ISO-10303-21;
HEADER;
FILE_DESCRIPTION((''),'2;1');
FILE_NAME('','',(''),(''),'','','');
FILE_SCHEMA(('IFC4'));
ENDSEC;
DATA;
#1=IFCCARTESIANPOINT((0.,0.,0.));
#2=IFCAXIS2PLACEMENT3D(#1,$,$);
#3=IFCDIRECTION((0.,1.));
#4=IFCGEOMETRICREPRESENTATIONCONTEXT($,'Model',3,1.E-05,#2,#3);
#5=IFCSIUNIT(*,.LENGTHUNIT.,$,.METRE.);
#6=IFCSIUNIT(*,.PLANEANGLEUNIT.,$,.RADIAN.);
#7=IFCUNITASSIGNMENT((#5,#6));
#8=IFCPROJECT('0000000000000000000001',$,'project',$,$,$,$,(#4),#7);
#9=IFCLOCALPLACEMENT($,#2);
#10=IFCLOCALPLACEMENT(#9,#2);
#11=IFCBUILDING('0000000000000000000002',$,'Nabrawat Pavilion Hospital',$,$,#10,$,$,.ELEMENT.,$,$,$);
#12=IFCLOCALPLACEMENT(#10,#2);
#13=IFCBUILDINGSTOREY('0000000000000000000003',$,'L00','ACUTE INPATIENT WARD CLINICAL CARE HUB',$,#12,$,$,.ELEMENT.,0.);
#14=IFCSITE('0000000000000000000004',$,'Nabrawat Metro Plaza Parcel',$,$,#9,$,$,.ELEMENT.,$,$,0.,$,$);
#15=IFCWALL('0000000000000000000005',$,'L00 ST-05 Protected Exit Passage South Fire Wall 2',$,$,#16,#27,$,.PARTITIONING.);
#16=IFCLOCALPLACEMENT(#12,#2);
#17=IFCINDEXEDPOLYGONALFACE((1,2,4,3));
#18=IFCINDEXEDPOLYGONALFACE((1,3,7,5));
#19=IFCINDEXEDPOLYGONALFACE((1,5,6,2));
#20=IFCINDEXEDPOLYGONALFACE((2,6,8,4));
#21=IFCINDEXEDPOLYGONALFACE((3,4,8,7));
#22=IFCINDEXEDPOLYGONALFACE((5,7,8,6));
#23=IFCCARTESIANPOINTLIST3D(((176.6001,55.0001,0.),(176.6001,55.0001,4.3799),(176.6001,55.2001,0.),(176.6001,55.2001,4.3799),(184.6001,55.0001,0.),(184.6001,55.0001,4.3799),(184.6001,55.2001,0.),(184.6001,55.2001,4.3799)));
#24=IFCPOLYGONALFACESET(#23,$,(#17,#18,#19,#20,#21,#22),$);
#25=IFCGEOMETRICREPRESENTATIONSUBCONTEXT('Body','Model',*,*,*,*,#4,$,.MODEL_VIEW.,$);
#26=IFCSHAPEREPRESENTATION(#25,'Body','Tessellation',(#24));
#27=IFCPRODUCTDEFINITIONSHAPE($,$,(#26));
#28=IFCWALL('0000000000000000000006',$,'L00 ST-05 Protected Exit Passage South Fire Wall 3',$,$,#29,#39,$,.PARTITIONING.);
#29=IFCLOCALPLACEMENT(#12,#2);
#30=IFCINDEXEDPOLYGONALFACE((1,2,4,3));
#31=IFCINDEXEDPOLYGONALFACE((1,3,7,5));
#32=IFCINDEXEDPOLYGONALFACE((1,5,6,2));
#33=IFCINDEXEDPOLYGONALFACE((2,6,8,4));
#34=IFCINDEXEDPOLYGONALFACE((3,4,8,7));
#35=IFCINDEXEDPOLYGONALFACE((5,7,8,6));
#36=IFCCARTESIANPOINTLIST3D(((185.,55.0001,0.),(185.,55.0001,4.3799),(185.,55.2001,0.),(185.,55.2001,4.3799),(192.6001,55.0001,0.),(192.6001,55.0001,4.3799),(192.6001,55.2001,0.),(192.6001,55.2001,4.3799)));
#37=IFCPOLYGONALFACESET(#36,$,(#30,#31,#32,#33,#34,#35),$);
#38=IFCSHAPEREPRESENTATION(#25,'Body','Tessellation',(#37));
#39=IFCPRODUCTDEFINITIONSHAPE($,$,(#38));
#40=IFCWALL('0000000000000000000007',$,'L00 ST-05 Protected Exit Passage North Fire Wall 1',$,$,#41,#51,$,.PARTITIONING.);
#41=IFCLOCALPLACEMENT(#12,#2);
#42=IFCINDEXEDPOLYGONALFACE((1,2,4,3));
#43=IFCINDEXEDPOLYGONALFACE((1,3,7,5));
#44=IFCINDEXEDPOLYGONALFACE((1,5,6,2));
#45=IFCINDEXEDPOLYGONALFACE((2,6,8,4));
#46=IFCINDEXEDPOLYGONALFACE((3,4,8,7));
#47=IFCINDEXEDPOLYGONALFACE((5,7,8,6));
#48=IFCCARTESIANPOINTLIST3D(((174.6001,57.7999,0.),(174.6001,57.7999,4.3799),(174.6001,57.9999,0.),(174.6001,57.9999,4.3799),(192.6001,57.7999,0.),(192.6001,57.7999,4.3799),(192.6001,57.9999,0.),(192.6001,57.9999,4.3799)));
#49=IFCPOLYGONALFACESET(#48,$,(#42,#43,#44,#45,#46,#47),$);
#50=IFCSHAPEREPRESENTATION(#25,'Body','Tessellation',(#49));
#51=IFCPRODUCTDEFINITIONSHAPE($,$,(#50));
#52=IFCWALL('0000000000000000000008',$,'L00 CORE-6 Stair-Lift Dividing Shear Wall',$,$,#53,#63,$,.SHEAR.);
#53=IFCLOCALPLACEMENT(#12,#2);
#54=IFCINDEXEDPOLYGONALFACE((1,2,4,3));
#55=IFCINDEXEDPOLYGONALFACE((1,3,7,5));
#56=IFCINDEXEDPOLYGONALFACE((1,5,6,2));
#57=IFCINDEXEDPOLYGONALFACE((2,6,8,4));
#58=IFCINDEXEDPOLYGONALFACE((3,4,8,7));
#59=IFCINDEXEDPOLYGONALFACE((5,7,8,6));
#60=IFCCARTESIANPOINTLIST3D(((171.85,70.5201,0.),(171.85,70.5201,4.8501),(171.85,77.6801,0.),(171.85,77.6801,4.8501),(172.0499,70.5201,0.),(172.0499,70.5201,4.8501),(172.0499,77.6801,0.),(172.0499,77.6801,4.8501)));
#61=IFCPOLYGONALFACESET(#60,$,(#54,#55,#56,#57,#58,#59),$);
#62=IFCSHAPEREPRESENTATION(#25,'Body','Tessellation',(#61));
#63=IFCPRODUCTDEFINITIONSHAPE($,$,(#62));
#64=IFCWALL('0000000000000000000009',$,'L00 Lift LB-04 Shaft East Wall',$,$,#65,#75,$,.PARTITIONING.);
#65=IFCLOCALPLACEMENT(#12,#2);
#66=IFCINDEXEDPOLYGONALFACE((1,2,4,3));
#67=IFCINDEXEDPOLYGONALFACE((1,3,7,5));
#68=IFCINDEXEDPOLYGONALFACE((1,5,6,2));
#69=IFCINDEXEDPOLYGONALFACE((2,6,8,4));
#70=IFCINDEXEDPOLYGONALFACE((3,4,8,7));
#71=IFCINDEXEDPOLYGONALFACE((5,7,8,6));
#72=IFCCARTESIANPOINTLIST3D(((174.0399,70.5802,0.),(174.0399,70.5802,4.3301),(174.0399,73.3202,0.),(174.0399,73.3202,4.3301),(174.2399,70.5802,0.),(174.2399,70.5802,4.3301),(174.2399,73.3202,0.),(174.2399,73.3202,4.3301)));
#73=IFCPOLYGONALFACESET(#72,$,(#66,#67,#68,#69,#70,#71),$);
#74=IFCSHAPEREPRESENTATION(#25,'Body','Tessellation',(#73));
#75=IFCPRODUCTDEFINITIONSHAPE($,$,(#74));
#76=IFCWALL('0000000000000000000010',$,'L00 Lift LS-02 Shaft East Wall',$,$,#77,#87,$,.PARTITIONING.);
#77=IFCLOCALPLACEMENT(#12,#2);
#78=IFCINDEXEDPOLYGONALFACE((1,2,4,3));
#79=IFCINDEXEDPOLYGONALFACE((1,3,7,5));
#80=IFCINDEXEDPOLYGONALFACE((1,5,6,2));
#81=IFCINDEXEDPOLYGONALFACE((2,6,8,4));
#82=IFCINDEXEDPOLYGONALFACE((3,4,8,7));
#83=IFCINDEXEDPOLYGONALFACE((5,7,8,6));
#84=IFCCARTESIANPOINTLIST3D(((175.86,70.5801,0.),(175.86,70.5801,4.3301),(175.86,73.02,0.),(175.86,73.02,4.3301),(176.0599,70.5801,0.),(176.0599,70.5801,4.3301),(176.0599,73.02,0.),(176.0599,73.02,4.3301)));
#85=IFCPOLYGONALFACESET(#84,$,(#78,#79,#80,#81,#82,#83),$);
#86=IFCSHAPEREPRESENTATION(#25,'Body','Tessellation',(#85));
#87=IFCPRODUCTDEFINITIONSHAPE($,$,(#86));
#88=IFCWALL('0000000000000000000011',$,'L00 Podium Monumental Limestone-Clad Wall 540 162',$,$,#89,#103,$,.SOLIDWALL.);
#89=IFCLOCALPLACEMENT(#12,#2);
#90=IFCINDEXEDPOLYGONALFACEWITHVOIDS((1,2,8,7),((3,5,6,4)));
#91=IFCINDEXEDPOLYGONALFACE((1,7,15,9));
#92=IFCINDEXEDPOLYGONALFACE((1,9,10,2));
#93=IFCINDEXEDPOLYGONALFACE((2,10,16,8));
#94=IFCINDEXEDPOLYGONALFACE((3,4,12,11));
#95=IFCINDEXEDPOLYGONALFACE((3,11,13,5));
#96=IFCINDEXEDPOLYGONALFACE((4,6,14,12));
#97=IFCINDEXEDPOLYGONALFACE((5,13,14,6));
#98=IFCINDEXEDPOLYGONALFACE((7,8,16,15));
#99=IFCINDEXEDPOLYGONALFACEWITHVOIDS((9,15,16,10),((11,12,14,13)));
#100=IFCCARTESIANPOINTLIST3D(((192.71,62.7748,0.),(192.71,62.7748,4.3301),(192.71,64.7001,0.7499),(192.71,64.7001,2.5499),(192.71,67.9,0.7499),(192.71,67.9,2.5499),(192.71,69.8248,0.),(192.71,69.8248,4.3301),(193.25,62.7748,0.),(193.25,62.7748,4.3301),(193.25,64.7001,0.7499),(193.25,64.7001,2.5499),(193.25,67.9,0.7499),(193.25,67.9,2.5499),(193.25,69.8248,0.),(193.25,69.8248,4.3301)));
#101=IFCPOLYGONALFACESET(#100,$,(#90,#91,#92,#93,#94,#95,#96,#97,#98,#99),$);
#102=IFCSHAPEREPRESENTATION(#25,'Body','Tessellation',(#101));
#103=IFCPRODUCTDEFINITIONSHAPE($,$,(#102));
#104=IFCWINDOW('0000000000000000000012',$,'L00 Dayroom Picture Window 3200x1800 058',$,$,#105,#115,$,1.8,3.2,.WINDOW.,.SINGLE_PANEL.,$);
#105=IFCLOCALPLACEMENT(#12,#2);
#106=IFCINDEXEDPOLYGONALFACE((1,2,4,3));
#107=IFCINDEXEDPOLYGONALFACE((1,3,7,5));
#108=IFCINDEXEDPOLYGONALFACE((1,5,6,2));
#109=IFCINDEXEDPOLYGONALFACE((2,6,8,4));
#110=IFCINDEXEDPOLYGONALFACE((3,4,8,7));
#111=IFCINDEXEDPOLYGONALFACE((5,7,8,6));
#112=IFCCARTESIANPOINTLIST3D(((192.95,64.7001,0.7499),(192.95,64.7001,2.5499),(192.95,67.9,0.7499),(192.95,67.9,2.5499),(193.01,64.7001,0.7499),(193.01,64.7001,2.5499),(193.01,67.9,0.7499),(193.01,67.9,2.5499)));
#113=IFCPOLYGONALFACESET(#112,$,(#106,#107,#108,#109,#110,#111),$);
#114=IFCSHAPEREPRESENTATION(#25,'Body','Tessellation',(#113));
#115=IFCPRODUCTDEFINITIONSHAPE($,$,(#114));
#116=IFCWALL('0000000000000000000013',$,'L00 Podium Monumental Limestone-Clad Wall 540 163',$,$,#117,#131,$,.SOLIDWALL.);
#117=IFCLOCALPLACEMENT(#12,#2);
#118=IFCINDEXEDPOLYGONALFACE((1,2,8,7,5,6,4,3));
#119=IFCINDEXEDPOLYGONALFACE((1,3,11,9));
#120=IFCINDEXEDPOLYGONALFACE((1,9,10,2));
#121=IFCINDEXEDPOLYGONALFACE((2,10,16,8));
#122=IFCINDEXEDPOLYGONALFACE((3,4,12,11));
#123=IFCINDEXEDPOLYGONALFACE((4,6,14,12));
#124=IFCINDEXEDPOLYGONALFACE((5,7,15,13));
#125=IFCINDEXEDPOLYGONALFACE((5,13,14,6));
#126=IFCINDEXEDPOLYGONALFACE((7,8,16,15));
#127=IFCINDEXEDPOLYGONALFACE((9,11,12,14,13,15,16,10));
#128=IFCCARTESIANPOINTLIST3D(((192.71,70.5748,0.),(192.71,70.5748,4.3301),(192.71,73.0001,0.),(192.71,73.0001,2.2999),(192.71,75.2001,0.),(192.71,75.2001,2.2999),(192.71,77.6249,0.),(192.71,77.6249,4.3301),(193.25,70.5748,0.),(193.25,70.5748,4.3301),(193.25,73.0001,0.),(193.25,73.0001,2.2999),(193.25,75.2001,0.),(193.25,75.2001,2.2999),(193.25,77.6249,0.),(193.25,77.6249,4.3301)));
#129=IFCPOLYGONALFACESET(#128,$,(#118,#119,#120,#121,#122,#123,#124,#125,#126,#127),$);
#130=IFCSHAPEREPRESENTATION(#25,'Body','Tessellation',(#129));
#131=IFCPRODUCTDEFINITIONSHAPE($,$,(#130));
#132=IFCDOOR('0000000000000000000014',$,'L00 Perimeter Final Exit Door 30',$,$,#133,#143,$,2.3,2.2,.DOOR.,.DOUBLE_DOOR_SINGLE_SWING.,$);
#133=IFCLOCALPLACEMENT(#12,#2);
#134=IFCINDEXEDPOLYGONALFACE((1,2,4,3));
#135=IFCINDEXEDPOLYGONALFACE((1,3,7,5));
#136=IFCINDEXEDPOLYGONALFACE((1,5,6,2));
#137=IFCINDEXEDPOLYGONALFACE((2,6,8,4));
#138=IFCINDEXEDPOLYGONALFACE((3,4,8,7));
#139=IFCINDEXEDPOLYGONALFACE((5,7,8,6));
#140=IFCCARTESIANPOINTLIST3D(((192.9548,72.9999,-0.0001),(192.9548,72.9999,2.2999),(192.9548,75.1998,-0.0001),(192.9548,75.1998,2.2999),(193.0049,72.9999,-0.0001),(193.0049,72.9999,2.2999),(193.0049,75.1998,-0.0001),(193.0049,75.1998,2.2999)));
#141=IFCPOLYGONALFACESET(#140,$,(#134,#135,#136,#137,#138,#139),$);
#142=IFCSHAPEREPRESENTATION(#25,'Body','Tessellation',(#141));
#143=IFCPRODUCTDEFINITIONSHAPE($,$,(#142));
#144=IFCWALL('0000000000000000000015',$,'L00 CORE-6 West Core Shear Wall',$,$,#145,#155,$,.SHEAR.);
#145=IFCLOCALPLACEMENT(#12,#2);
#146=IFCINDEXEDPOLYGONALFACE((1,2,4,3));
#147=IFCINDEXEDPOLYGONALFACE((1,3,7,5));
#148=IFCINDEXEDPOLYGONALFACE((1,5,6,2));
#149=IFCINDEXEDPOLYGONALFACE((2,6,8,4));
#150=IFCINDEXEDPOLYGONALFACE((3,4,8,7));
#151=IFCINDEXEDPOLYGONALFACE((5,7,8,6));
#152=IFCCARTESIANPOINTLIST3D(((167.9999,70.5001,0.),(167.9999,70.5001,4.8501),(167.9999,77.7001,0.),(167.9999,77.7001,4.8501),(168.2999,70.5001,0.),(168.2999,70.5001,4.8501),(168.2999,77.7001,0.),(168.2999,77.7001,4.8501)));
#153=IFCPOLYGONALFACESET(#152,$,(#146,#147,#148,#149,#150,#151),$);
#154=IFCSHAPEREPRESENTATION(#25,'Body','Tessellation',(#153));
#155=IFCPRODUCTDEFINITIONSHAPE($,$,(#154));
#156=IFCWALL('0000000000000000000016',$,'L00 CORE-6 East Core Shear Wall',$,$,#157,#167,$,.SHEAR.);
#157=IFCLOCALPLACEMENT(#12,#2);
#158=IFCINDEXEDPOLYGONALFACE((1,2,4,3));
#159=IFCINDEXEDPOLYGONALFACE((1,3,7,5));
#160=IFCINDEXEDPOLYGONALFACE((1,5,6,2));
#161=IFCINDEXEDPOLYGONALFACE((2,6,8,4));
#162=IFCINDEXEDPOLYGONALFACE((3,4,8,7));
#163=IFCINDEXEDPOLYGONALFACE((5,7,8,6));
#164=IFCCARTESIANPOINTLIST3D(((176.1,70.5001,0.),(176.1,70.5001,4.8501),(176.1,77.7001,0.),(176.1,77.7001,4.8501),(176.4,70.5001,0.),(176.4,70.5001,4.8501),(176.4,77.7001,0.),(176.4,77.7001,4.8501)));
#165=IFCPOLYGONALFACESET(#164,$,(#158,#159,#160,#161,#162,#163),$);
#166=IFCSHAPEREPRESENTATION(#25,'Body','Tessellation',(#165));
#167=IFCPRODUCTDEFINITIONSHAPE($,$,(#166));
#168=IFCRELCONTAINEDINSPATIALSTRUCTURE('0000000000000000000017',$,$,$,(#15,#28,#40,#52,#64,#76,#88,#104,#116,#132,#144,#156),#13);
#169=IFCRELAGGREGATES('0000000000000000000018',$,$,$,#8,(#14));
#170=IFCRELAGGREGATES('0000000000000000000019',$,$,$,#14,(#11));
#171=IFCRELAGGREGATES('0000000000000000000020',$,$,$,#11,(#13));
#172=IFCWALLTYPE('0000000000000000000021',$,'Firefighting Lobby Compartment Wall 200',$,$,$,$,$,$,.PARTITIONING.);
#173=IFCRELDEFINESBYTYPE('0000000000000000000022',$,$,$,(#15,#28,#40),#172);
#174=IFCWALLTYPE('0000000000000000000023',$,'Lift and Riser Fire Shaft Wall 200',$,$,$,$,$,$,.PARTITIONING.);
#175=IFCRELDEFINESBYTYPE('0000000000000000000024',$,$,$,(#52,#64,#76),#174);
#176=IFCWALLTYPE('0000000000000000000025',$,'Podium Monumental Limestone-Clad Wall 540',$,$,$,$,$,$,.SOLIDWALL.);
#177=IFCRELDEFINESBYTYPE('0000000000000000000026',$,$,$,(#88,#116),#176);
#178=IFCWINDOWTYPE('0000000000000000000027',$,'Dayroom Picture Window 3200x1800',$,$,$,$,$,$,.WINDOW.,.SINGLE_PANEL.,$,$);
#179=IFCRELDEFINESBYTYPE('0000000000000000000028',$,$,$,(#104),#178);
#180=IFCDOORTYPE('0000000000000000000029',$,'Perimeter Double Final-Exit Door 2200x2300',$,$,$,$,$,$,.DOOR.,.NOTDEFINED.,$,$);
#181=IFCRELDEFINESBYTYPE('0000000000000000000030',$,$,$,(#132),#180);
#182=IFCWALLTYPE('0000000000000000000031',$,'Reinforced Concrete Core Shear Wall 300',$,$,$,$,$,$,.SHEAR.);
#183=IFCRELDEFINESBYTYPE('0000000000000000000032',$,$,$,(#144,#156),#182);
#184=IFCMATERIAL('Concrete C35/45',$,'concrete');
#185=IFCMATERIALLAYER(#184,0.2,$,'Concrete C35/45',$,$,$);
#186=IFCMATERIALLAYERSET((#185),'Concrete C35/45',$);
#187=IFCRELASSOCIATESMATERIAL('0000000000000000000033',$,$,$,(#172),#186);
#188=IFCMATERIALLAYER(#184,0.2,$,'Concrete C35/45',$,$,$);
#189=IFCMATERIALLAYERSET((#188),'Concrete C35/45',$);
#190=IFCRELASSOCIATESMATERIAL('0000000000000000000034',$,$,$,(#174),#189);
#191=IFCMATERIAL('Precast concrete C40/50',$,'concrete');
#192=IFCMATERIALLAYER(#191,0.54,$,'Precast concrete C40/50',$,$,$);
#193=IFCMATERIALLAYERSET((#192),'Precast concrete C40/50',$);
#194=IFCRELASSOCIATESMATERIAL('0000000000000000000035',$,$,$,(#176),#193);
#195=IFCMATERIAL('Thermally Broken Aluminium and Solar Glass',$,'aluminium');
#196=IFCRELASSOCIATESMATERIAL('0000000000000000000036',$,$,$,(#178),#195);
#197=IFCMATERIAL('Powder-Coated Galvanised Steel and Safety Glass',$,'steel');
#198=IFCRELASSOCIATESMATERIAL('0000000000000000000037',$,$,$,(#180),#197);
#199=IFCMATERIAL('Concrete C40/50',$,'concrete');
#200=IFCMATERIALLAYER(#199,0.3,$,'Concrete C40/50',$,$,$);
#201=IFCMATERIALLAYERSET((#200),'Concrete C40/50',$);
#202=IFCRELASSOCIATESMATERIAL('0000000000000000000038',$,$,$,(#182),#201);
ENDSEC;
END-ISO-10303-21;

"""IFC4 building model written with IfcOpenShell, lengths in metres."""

from ifc_helpers import new_model, si_unit, direction, frame, frame_2d, origin, place, context, subcontext, project, spatial, rectangle, extrude, material, layer, layer_set, type_object, element, fill, save


model = new_model("IFC4")

# Units and contexts
model_context = context("Model", 3, precision=1e-05, world=origin(), true_north=direction((0.0, 1.0)))
body_context = subcontext(model_context, "Body", "Model", "MODEL_VIEW")
ifc_project = project(units=[si_unit("LENGTHUNIT", "METRE"), si_unit("PLANEANGLEUNIT", "RADIAN")], contexts=[model_context])

# Site, building, storey
site_placement = place(None, origin())
site = spatial("IfcSite", under=ifc_project, at=site_placement, Name="Nabrawat Metro Plaza Parcel", CompositionType="ELEMENT", RefElevation=0.0)
building_placement = place(site_placement, origin())
building = spatial("IfcBuilding", under=site, at=building_placement, Name="Nabrawat Pavilion Hospital", CompositionType="ELEMENT")
storey_placement = place(building_placement, origin())
storey = spatial("IfcBuildingStorey", under=building, at=storey_placement, Name="L00", Description="ACUTE INPATIENT WARD CLINICAL CARE HUB", CompositionType="ELEMENT", Elevation=0.0)

# Walls
ifc_material_1 = material(Name="Concrete C35/45", Category="concrete")
ifc_layer_1 = layer(ifc_material_1, 0.2, Name="Concrete C35/45")
ifc_layer_set_1 = layer_set([ifc_layer_1], Name="Concrete C35/45")
wall_type_1 = type_object("IfcWallType", Name="Firefighting Lobby Compartment Wall 200", PredefinedType="PARTITIONING", material=ifc_layer_set_1)
wall_1_placement = place(storey_placement, frame((176.6001, 55.1001, 0.0), z_axis=(0.0, 0.0, 1.0), x_axis=(1.0, 0.0, 0.0)))
element("IfcWall", 1, at=wall_1_placement, inside=storey, type_object=wall_type_1, Name="L00 ST-05 Protected Exit Passage South Fire Wall 2", PredefinedType="PARTITIONING", context=body_context, shape_type="SweptSolid", body=[
    extrude(rectangle(XDim=8.0, YDim=0.2, at=frame_2d((4.0, 0.0))), origin(), (0.0, 0.0, 1.0), 4.3799),
])
wall_2_placement = place(storey_placement, frame((185.0, 55.1001, 0.0), z_axis=(0.0, 0.0, 1.0), x_axis=(1.0, 0.0, 0.0)))
element("IfcWall", 2, at=wall_2_placement, inside=storey, type_object=wall_type_1, Name="L00 ST-05 Protected Exit Passage South Fire Wall 3", PredefinedType="PARTITIONING", context=body_context, shape_type="SweptSolid", body=[
    extrude(rectangle(XDim=7.6001, YDim=0.2, at=frame_2d((3.8, 0.0))), origin(), (0.0, 0.0, 1.0), 4.3799),
])
wall_3_placement = place(storey_placement, frame((174.6001, 57.8999, 0.0), z_axis=(0.0, 0.0, 1.0), x_axis=(1.0, 0.0, 0.0)))
element("IfcWall", 3, at=wall_3_placement, inside=storey, type_object=wall_type_1, Name="L00 ST-05 Protected Exit Passage North Fire Wall 1", PredefinedType="PARTITIONING", context=body_context, shape_type="SweptSolid", body=[
    extrude(rectangle(XDim=18.0, YDim=0.2, at=frame_2d((9.0, 0.0))), origin(), (0.0, 0.0, 1.0), 4.3799),
])
ifc_layer_2 = layer(ifc_material_1, 0.2, Name="Concrete C35/45")
ifc_layer_set_2 = layer_set([ifc_layer_2], Name="Concrete C35/45")
wall_type_2 = type_object("IfcWallType", Name="Lift and Riser Fire Shaft Wall 200", PredefinedType="PARTITIONING", material=ifc_layer_set_2)
wall_4_placement = place(storey_placement, frame((171.95, 70.52, 0.0), z_axis=(0.0, 0.0, 1.0), x_axis=(0.0, 1.0, 0.0)))
element("IfcWall", 4, at=wall_4_placement, inside=storey, type_object=wall_type_2, Name="L00 CORE-6 Stair-Lift Dividing Shear Wall", PredefinedType="SHEAR", context=body_context, shape_type="SweptSolid", body=[
    extrude(rectangle(XDim=7.1599, YDim=0.2, at=frame_2d((3.5801, 0.0))), origin(), (0.0, 0.0, 1.0), 4.8501),
])
wall_5_placement = place(storey_placement, frame((174.1399, 70.5801, 0.0), z_axis=(0.0, 0.0, 1.0), x_axis=(0.0, 1.0, 0.0)))
element("IfcWall", 5, at=wall_5_placement, inside=storey, type_object=wall_type_2, Name="L00 Lift LB-04 Shaft East Wall", PredefinedType="PARTITIONING", context=body_context, shape_type="SweptSolid", body=[
    extrude(rectangle(XDim=2.74, YDim=0.2, at=frame_2d((1.3701, 0.0))), origin(), (0.0, 0.0, 1.0), 4.3301),
])
wall_6_placement = place(storey_placement, frame((175.96, 70.5801, 0.0), z_axis=(0.0, 0.0, 1.0), x_axis=(0.0, 1.0, 0.0)))
element("IfcWall", 6, at=wall_6_placement, inside=storey, type_object=wall_type_2, Name="L00 Lift LS-02 Shaft East Wall", PredefinedType="PARTITIONING", context=body_context, shape_type="SweptSolid", body=[
    extrude(rectangle(XDim=2.4399, YDim=0.2, at=frame_2d((1.22, 0.0))), origin(), (0.0, 0.0, 1.0), 4.3301),
])

# Wall, opening, window
ifc_material_2 = material(Name="Precast concrete C40/50", Category="concrete")
ifc_layer_3 = layer(ifc_material_2, 0.54, Name="Precast concrete C40/50")
ifc_layer_set_3 = layer_set([ifc_layer_3], Name="Precast concrete C40/50")
wall_type_3 = type_object("IfcWallType", Name="Podium Monumental Limestone-Clad Wall 540", PredefinedType="SOLIDWALL", material=ifc_layer_set_3)
wall_7_placement = place(storey_placement, frame((192.98, 62.7749, 0.0), z_axis=(0.0, 0.0, 1.0), x_axis=(0.0, 1.0, 0.0)))
wall_7 = element("IfcWall", 7, at=wall_7_placement, inside=storey, type_object=wall_type_3, Name="L00 Podium Monumental Limestone-Clad Wall 540 162", PredefinedType="SOLIDWALL", context=body_context, shape_type="SweptSolid", body=[
    extrude(rectangle(XDim=7.05, YDim=0.54, at=frame_2d((3.5249, 0.0))), origin(), (0.0, 0.0, 1.0), 4.3301),
])
opening_1_placement = place(wall_7_placement, frame((1.925, 0.0, 0.75)))
opening_1 = element("IfcOpeningElement", 8, at=opening_1_placement, cuts=wall_7, PredefinedType="OPENING", context=body_context, shape_type="SweptSolid", body=[
    extrude(rectangle(XDim=3.2, YDim=1.8, at=frame_2d((1.6001, 0.8999))), frame((0.0, 0.28, 0.0), z_axis=(0.0, -1.0, 0.0), x_axis=(1.0, 0.0, 0.0)), (0.0, 0.0, 1.0), 0.5601),
])
ifc_material_3 = material(Name="Thermally Broken Aluminium and Solar Glass", Category="aluminium")
window_type = type_object("IfcWindowType", Name="Dayroom Picture Window 3200x1800", PartitioningType="SINGLE_PANEL", PredefinedType="WINDOW", material=ifc_material_3)
window_placement = place(opening_1_placement, origin())
window = element("IfcWindow", 9, at=window_placement, inside=storey, type_object=window_type, Name="L00 Dayroom Picture Window 3200x1800 058", OverallHeight=1.8, OverallWidth=3.2, PartitioningType="SINGLE_PANEL", PredefinedType="WINDOW", context=body_context, shape_type="SweptSolid", body=[
    extrude(rectangle(XDim=3.2, YDim=1.8, at=frame_2d((1.6001, 0.8999))), frame((0.0, 0.03, 0.0), z_axis=(0.0, -1.0, 0.0), x_axis=(1.0, 0.0, 0.0)), (0.0, 0.0, 1.0), 0.0601),
])
fill(opening_1, window)

# Wall, opening, door
wall_8_placement = place(storey_placement, frame((192.98, 70.575, 0.0), z_axis=(0.0, 0.0, 1.0), x_axis=(0.0, 1.0, 0.0)))
wall_8 = element("IfcWall", 10, at=wall_8_placement, inside=storey, type_object=wall_type_3, Name="L00 Podium Monumental Limestone-Clad Wall 540 163", PredefinedType="SOLIDWALL", context=body_context, shape_type="SweptSolid", body=[
    extrude(rectangle(XDim=7.05, YDim=0.54, at=frame_2d((3.5249, 0.0))), origin(), (0.0, 0.0, 1.0), 4.3301),
])
opening_2_placement = place(wall_8_placement, frame((2.425, 0.0, 0.0)))
opening_2 = element("IfcOpeningElement", 11, at=opening_2_placement, cuts=wall_8, PredefinedType="OPENING", context=body_context, shape_type="SweptSolid", body=[
    extrude(rectangle(XDim=2.2, YDim=2.3, at=frame_2d((1.1001, 1.1499))), frame((0.0, 0.28, 0.0), z_axis=(0.0, -1.0, 0.0), x_axis=(1.0, 0.0, 0.0)), (0.0, 0.0, 1.0), 0.5601),
])
ifc_material_4 = material(Name="Powder-Coated Galvanised Steel and Safety Glass", Category="steel")
door_type = type_object("IfcDoorType", Name="Perimeter Double Final-Exit Door 2200x2300", OperationType="NOTDEFINED", PredefinedType="DOOR", material=ifc_material_4)
door_placement = place(opening_2_placement, frame((2.2, 0.0, 0.0), z_axis=(0.0, 0.0, 1.0), x_axis=(-1.0, 0.0, 0.0)))
door = element("IfcDoor", 12, at=door_placement, inside=storey, type_object=door_type, Name="L00 Perimeter Final Exit Door 30", OperationType="DOUBLE_DOOR_SINGLE_SWING", OverallHeight=2.3, OverallWidth=2.2, PredefinedType="DOOR", context=body_context, shape_type="SweptSolid", body=[
    extrude(rectangle(XDim=2.2, YDim=2.3, at=frame_2d((1.1001, 1.1499))), frame((0.0, 0.0249, 0.0), z_axis=(0.0, -1.0, 0.0), x_axis=(1.0, 0.0, 0.0)), (0.0, 0.0, 1.0), 0.05),
])
fill(opening_2, door)

# Walls
ifc_material_5 = material(Name="Concrete C40/50", Category="concrete")
ifc_layer_4 = layer(ifc_material_5, 0.3, Name="Concrete C40/50")
ifc_layer_set_4 = layer_set([ifc_layer_4], Name="Concrete C40/50")
wall_type_4 = type_object("IfcWallType", Name="Reinforced Concrete Core Shear Wall 300", PredefinedType="SHEAR", material=ifc_layer_set_4)
for number, where, z_axis, x_axis, name in (
    (13, (168.1499, 70.5, 0.0), (0.0, 0.0, 1.0), (0.0, 1.0, 0.0), "L00 CORE-6 West Core Shear Wall"),
    (14, (176.25, 70.5, 0.0), (0.0, 0.0, 1.0), (0.0, 1.0, 0.0), "L00 CORE-6 East Core Shear Wall"),
):
    element("IfcWall", number, at=place(storey_placement, frame(where, z_axis=z_axis, x_axis=x_axis)), inside=storey, type_object=wall_type_4, Name=name, PredefinedType="SHEAR", context=body_context, shape_type="SweptSolid", body=[
        extrude(rectangle(XDim=7.2, YDim=0.3, at=frame_2d((3.6001, 0.0))), origin(), (0.0, 0.0, 1.0), 4.8501),
    ])

save(model, "model.ifc")
